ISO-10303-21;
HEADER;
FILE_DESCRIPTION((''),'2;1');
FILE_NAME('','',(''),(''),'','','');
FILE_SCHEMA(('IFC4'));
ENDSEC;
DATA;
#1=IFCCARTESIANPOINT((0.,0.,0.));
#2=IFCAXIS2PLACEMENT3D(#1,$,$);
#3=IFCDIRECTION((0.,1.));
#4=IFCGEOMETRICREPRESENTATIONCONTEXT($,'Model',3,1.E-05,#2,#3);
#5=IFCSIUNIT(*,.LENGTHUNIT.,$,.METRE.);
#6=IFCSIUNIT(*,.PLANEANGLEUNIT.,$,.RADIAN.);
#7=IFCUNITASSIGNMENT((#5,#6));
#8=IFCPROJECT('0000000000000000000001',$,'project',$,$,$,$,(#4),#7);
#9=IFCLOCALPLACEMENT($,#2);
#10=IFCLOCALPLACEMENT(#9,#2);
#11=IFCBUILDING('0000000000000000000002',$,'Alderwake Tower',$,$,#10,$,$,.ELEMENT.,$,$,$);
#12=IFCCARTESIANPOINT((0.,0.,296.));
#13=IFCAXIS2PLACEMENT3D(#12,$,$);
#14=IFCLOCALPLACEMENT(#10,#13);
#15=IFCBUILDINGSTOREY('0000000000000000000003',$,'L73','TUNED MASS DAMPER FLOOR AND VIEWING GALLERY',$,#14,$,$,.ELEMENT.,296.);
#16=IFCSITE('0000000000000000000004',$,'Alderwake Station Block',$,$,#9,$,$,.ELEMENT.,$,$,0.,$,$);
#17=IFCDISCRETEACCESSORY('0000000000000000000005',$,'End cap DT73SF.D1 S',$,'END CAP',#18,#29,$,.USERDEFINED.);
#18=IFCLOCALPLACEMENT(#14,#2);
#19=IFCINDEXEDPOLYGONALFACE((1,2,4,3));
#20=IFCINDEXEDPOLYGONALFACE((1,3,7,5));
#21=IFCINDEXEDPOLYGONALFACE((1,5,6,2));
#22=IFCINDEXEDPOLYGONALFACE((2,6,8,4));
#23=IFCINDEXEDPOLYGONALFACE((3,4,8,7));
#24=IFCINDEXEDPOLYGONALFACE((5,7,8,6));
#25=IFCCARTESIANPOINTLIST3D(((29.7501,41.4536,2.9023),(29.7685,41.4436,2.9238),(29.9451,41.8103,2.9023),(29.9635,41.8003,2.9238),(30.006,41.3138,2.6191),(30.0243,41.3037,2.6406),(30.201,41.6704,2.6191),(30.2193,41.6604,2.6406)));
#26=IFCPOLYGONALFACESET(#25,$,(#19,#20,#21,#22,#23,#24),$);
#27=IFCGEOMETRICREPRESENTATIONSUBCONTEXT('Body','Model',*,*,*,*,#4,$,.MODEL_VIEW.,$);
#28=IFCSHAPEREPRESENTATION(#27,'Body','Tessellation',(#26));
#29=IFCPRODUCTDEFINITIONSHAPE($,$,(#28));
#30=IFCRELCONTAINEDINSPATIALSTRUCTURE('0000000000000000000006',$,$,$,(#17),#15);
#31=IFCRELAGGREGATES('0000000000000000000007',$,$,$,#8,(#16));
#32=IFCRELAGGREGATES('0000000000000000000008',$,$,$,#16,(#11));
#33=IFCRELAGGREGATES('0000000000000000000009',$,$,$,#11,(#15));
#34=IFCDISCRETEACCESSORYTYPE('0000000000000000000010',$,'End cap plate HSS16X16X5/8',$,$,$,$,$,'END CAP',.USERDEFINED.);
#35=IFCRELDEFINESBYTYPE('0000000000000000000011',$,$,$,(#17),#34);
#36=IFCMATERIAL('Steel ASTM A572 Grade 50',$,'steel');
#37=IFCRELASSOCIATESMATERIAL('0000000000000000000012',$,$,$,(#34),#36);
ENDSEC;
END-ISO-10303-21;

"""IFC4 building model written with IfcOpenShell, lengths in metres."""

from ifc_helpers import new_model, si_unit, direction, frame, origin, origin_2d, place, context, subcontext, project, spatial, rectangle, extrude, material, material_profile, profile_set, type_object, element, save


model = new_model("IFC4")

# Units and contexts
model_context = context("Model", 3, precision=1e-05, world=origin(), true_north=direction((0.0, 1.0)))
body_context = subcontext(model_context, "Body", "Model", "MODEL_VIEW")
ifc_project = project(units=[si_unit("LENGTHUNIT", "METRE"), si_unit("PLANEANGLEUNIT", "RADIAN")], contexts=[model_context])

# Site, building, storey
site_placement = place(None, origin())
site = spatial("IfcSite", under=ifc_project, at=site_placement, Name="Alderwake Station Block", CompositionType="ELEMENT", RefElevation=0.0)
building_placement = place(site_placement, origin())
building = spatial("IfcBuilding", under=site, at=building_placement, Name="Alderwake Tower", CompositionType="ELEMENT")
storey_placement = place(building_placement, frame((0.0, 0.0, 296.0)))
storey = spatial("IfcBuildingStorey", under=building, at=storey_placement, Name="L73", Description="TUNED MASS DAMPER FLOOR AND VIEWING GALLERY", CompositionType="ELEMENT", Elevation=296.0)

# Discrete accessory
ifc_material_1 = material(Name="Steel ASTM A572 Grade 50", Category="steel")
ifc_material_profile_1 = material_profile(ifc_material_1, rectangle(XDim=0.4065, YDim=0.4065, at=origin_2d()), Name="HSS16X16X5/8 cap")
ifc_profile_set_1 = profile_set([ifc_material_profile_1], Name="Steel ASTM A572 Grade 50")
discrete_accessory_type = type_object("IfcDiscreteAccessoryType", Name="End cap plate HSS16X16X5/8", ElementType="END CAP", PredefinedType="USERDEFINED", material=ifc_profile_set_1)
discrete_accessory_placement = place(storey_placement, frame((29.9939, 41.552, 2.7822), z_axis=(-0.611354, 0.334207, -0.717322), x_axis=(-0.479672, -0.877448, 0.0)))
element("IfcDiscreteAccessory", 1, at=discrete_accessory_placement, inside=storey, type_object=discrete_accessory_type, Name="End cap DT73SF.D1 S", ObjectType="END CAP", PredefinedType="USERDEFINED", context=body_context, shape_type="SweptSolid", body=[
    extrude(rectangle(XDim=0.4065, YDim=0.4065, at=origin_2d()), origin(), (0.0, 0.0, 1.0), 0.03),
])

save(model, "model.ifc")
